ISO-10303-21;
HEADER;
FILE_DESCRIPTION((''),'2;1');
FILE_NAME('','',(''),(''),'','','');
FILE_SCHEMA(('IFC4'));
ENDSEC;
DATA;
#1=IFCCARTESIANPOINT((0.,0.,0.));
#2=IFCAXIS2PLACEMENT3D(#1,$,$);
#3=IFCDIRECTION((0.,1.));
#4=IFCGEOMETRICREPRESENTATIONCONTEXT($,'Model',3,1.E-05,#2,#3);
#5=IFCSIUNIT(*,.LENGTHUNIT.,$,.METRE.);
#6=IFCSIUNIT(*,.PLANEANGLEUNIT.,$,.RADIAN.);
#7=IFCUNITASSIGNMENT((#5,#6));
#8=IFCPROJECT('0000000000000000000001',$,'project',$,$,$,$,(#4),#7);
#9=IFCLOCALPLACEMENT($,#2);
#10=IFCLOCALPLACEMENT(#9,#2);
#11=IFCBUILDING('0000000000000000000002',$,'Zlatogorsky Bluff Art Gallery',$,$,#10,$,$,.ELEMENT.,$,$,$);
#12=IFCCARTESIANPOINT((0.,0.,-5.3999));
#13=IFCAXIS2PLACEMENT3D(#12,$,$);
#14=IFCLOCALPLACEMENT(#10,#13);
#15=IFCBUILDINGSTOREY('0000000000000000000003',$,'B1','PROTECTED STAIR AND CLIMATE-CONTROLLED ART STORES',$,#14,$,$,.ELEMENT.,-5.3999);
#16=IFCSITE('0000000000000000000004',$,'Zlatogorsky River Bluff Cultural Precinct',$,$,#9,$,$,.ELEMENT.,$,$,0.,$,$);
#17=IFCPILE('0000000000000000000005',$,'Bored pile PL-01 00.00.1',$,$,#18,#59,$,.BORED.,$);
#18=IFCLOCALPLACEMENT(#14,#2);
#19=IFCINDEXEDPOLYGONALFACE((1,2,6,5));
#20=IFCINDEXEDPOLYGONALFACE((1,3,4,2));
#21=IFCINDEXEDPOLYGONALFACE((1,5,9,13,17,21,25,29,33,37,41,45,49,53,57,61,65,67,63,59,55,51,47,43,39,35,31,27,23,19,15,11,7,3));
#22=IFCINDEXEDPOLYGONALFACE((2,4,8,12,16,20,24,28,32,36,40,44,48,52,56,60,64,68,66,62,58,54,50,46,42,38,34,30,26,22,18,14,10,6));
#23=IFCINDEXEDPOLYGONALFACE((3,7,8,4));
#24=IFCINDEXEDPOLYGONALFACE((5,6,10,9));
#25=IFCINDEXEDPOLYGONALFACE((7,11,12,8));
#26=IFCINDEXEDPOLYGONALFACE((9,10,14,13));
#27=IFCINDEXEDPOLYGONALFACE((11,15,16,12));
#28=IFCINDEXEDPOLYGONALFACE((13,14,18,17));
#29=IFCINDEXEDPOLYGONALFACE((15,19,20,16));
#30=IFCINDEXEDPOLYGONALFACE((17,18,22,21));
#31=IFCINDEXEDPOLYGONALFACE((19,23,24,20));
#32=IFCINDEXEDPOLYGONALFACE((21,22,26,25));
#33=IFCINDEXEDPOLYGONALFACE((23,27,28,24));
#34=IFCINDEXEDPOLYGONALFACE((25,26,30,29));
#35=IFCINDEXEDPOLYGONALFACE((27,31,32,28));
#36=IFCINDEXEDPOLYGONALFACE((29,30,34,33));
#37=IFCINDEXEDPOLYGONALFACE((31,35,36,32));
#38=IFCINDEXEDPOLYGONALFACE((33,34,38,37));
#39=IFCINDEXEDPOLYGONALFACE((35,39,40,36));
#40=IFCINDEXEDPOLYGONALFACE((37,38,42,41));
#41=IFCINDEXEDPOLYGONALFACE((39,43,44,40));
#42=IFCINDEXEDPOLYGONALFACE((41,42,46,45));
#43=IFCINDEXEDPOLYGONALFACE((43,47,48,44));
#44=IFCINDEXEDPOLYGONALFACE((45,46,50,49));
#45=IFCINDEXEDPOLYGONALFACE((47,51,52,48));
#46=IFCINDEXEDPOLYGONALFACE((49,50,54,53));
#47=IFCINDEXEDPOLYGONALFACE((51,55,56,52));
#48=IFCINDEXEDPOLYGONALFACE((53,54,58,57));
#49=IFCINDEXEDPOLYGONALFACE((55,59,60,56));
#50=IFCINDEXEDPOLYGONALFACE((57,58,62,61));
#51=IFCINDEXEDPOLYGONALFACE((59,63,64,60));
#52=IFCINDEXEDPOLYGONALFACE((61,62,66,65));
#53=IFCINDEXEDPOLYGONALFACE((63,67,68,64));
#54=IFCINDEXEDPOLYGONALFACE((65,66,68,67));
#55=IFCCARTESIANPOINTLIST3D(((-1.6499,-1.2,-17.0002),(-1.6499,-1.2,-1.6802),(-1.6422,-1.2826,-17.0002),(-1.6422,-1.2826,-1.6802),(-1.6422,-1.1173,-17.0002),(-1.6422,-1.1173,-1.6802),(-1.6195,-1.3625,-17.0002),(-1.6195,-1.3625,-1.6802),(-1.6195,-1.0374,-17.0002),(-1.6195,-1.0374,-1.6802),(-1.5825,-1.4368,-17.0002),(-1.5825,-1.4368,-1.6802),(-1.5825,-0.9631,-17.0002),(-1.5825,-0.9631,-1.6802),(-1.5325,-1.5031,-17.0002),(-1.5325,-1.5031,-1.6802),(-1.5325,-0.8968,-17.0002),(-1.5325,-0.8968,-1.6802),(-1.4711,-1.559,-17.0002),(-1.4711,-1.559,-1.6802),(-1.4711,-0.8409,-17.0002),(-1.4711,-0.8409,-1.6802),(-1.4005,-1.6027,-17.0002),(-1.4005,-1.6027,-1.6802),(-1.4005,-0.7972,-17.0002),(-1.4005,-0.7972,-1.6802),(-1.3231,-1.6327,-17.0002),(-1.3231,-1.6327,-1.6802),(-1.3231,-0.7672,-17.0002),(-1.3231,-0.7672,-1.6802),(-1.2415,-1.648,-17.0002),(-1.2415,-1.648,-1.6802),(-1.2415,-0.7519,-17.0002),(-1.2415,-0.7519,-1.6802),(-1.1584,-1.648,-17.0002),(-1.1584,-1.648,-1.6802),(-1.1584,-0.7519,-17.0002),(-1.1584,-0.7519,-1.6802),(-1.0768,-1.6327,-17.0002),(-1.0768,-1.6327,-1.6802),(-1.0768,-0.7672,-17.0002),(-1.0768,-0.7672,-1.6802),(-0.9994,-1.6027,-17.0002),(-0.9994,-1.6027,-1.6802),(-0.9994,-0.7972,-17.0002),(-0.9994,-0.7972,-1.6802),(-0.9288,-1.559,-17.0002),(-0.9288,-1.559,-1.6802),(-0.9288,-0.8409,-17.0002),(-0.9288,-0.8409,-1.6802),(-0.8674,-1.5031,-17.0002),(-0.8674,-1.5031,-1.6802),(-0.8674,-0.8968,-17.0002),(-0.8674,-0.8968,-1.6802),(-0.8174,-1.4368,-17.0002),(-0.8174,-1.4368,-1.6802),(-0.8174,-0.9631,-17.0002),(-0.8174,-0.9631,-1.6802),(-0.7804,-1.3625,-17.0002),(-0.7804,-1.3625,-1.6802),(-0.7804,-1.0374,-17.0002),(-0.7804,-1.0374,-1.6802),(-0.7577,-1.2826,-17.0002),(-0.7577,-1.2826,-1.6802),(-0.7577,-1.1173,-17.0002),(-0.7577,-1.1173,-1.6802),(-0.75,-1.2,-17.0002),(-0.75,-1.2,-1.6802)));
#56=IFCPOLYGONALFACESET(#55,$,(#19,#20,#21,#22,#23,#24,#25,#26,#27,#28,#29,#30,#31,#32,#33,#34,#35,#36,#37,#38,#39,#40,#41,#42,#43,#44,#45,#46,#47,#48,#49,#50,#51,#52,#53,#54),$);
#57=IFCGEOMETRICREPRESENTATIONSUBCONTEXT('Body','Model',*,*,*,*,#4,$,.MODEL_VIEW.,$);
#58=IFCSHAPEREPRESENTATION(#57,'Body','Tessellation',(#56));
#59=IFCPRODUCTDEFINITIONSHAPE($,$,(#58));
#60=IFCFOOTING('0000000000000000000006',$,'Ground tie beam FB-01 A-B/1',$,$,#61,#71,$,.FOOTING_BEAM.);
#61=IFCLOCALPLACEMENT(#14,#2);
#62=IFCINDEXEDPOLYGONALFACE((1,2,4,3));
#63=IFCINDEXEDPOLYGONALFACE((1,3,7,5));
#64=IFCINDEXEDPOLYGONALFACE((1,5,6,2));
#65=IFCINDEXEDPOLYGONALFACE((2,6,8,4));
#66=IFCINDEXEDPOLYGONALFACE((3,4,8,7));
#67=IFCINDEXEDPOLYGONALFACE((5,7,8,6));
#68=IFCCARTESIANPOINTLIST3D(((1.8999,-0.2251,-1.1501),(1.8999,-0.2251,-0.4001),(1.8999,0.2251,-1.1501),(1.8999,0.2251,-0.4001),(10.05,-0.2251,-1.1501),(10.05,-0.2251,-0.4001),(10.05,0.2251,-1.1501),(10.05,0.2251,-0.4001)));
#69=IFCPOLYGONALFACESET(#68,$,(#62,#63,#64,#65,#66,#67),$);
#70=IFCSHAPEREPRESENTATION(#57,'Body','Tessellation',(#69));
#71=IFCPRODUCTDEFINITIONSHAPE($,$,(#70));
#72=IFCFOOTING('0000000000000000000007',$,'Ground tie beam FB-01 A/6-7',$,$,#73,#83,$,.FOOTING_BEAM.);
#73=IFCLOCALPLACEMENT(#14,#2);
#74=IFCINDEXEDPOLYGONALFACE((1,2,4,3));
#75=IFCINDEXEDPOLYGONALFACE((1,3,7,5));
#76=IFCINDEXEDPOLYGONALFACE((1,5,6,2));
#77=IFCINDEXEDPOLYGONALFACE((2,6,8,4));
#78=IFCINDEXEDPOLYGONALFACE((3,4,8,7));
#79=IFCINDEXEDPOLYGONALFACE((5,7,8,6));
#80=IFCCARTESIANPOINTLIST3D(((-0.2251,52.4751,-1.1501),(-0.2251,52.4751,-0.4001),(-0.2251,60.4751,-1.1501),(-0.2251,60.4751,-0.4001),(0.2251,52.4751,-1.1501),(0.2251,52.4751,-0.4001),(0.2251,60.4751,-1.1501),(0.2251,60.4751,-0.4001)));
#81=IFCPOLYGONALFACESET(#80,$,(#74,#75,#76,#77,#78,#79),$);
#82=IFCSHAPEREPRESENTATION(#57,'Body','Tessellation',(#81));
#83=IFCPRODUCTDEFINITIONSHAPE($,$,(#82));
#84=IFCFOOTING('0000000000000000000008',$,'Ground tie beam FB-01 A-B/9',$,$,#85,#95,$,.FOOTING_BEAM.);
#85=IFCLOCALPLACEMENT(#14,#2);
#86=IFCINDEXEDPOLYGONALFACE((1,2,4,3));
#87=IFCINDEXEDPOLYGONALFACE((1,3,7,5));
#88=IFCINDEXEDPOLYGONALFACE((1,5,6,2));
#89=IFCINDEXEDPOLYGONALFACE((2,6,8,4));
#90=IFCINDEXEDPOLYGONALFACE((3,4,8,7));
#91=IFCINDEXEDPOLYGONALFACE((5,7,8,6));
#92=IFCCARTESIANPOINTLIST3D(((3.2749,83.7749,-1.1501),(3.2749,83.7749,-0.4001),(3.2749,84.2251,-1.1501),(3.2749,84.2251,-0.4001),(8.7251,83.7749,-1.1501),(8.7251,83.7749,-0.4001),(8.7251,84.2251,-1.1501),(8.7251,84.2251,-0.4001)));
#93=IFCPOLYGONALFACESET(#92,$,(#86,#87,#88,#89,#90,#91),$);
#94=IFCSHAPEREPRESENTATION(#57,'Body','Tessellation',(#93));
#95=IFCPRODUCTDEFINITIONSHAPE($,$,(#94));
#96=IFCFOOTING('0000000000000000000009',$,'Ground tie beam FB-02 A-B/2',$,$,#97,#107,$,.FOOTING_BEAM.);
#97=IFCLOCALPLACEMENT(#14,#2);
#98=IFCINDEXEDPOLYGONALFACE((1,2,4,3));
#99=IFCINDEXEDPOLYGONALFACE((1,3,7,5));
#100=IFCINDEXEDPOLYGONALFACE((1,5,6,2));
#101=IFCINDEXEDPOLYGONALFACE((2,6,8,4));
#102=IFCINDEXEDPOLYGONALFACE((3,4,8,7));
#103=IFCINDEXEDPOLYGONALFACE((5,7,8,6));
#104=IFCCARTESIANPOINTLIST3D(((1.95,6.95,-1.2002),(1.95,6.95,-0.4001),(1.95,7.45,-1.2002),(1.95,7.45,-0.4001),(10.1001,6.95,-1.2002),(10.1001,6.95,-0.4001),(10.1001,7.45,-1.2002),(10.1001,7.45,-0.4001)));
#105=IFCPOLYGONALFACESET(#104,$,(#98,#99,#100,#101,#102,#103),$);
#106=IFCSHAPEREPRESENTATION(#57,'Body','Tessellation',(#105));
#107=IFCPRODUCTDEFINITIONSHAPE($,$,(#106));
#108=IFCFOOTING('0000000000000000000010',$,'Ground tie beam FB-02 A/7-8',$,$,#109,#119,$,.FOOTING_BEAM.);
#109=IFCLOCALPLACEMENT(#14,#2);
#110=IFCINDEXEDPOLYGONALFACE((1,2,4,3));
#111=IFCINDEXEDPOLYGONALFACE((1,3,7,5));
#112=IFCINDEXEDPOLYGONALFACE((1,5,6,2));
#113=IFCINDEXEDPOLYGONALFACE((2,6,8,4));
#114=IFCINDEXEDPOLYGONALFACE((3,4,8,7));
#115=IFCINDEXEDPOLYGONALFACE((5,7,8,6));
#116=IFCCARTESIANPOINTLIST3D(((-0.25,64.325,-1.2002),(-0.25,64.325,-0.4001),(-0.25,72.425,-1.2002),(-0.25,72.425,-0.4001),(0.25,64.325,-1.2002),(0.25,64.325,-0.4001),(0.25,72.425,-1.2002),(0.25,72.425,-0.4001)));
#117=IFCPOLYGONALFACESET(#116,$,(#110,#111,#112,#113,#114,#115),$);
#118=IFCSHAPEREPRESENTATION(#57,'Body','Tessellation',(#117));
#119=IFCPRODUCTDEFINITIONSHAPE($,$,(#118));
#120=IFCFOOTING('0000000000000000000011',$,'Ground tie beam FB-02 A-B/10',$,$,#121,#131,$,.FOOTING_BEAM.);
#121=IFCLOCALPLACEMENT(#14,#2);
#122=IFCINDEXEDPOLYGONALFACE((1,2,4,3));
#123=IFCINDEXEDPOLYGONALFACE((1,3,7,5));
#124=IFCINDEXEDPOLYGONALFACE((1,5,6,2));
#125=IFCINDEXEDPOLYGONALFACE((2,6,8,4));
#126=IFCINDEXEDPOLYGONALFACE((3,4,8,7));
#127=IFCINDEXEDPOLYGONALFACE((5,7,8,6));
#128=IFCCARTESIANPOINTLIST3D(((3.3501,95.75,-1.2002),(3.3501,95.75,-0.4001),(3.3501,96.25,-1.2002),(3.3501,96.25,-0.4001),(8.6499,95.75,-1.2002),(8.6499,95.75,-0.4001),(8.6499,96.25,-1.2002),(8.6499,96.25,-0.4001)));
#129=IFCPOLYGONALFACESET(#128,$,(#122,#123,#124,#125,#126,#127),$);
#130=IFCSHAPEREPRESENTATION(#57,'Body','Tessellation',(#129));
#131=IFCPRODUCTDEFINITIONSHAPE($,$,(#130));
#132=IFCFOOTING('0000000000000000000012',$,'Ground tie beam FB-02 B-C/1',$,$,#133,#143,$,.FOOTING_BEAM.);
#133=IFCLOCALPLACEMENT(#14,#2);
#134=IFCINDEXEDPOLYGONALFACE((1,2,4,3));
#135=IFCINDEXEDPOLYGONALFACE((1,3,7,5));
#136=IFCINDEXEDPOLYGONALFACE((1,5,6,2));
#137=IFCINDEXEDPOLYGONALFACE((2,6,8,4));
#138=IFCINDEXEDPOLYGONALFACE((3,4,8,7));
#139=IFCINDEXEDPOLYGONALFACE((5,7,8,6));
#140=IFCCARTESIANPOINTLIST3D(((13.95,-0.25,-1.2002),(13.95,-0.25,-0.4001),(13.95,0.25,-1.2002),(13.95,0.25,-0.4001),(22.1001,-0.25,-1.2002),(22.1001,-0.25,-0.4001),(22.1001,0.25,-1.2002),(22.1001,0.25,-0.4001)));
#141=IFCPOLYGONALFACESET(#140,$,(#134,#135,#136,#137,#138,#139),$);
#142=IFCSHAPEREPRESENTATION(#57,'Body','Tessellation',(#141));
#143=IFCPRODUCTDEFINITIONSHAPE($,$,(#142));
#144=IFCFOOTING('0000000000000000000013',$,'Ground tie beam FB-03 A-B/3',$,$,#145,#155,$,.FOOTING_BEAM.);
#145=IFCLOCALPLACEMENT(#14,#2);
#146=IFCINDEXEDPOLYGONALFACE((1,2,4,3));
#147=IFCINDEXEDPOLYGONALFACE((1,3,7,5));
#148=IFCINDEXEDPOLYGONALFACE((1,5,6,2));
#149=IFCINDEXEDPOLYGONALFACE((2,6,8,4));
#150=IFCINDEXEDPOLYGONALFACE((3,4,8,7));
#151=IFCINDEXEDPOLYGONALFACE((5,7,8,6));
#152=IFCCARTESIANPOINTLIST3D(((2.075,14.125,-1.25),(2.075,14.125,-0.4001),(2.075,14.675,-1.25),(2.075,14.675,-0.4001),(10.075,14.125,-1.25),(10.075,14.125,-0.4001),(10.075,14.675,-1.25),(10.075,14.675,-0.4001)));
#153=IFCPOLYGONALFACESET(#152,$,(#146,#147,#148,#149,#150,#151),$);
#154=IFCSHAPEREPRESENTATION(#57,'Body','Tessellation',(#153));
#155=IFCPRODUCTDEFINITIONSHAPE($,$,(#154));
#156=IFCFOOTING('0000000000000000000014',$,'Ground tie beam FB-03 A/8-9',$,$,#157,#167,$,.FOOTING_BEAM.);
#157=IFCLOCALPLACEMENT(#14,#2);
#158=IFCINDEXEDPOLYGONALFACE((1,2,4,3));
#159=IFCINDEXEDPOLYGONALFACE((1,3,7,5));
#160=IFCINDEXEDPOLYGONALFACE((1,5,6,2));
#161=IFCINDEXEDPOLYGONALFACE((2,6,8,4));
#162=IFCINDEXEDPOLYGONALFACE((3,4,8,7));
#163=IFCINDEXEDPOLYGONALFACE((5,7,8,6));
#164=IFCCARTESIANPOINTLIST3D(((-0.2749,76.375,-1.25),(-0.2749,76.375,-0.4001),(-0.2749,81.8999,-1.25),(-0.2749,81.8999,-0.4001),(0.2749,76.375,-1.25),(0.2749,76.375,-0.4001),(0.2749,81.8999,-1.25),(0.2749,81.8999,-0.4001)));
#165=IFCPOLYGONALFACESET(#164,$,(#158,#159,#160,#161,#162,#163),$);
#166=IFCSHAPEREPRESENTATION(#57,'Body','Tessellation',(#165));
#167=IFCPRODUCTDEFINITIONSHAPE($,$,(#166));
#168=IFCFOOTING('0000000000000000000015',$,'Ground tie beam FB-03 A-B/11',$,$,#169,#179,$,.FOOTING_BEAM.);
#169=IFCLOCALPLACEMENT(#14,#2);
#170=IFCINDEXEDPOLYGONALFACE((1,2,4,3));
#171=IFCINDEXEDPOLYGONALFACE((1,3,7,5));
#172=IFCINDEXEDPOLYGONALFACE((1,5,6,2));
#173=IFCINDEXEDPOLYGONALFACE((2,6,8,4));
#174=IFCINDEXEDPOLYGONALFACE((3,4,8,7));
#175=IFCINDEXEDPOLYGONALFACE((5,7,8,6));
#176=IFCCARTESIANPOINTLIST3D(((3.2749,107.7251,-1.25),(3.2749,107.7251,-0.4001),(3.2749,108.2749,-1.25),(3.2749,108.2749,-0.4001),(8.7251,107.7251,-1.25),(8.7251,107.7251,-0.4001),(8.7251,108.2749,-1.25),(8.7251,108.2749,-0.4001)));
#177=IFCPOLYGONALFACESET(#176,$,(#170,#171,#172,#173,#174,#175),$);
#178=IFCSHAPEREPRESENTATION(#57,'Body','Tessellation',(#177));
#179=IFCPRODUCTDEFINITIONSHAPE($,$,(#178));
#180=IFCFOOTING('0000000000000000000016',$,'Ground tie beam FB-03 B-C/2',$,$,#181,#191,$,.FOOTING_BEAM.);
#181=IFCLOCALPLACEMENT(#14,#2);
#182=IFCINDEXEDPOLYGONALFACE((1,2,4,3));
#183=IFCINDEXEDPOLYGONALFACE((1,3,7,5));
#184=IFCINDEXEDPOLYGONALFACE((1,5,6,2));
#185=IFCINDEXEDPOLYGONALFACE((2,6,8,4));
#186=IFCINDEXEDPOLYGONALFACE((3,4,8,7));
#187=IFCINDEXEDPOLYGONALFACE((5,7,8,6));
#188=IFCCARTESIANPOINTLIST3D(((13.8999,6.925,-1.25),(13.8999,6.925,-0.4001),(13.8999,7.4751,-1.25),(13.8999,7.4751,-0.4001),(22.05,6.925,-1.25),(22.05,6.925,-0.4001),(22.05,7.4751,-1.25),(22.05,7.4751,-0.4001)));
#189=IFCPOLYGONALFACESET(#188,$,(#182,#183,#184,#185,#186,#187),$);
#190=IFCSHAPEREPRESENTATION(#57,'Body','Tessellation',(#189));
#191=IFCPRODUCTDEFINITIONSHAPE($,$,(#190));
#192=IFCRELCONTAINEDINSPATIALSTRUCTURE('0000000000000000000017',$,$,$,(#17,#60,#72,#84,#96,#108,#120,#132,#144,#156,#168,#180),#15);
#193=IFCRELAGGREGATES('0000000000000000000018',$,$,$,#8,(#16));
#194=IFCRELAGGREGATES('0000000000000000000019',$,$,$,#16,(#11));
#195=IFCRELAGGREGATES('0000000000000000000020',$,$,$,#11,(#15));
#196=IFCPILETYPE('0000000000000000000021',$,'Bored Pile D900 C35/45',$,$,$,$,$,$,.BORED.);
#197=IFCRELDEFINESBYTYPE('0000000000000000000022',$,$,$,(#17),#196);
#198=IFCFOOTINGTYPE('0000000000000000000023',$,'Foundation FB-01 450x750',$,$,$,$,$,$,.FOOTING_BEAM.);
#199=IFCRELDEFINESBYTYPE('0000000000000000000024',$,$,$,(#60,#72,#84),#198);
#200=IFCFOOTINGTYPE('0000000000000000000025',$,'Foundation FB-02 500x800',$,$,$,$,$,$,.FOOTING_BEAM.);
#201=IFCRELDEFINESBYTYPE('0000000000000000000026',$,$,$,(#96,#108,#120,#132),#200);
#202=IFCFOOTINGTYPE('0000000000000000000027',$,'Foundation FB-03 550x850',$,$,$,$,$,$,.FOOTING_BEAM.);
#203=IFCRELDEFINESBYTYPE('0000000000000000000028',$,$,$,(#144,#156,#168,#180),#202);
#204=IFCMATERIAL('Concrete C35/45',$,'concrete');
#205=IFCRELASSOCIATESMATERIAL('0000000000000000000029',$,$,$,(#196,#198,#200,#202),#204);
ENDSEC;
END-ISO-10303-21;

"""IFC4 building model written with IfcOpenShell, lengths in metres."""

from ifc_helpers import new_model, si_unit, direction, frame, origin, origin_2d, place, context, subcontext, project, spatial, polyline, circle, outline, extrude, material, material_profile, profile_set, type_object, element, save


model = new_model("IFC4")

# Units and contexts
model_context = context("Model", 3, precision=1e-05, world=origin(), true_north=direction((0.0, 1.0)))
body_context = subcontext(model_context, "Body", "Model", "MODEL_VIEW")
ifc_project = project(units=[si_unit("LENGTHUNIT", "METRE"), si_unit("PLANEANGLEUNIT", "RADIAN")], contexts=[model_context])

# Site, building, storey
site_placement = place(None, origin())
site = spatial("IfcSite", under=ifc_project, at=site_placement, Name="Zlatogorsky River Bluff Cultural Precinct", CompositionType="ELEMENT", RefElevation=0.0)
building_placement = place(site_placement, origin())
building = spatial("IfcBuilding", under=site, at=building_placement, Name="Zlatogorsky Bluff Art Gallery", CompositionType="ELEMENT")
storey_placement = place(building_placement, frame((0.0, 0.0, -5.3999)))
storey = spatial("IfcBuildingStorey", under=building, at=storey_placement, Name="B1", Description="PROTECTED STAIR AND CLIMATE-CONTROLLED ART STORES", CompositionType="ELEMENT", Elevation=-5.3999)

# Pile
ifc_material = material(Name="Concrete C35/45", Category="concrete")
ifc_material_profile = material_profile(ifc_material, circle(Radius=0.45, at=origin_2d()), Name="BORED PILE D900")
ifc_profile_set = profile_set([ifc_material_profile], Name="Concrete C35/45")
pile_type = type_object("IfcPileType", Name="Bored Pile D900 C35/45", PredefinedType="BORED", material=ifc_profile_set)
pile_placement = place(storey_placement, frame((-1.2, -1.2, -1.6802), z_axis=(0.0, 0.0, -1.0), x_axis=(1.0, 0.0, 0.0)))
element("IfcPile", 1, at=pile_placement, inside=storey, type_object=pile_type, Name="Bored pile PL-01 00.00.1", PredefinedType="BORED", context=body_context, shape_type="SweptSolid", body=[
    extrude(circle(Radius=0.45, at=origin_2d()), origin(), (0.0, 0.0, 1.0), 15.3201),
])

# Footings
footing_type_1 = type_object("IfcFootingType", Name="Foundation FB-01 450x750", PredefinedType="FOOTING_BEAM", material=ifc_material)
footing_1_placement = place(storey_placement, frame((0.0, 0.0, -1.1501)))
element("IfcFooting", 2, at=footing_1_placement, inside=storey, type_object=footing_type_1, Name="Ground tie beam FB-01 A-B/1", PredefinedType="FOOTING_BEAM", context=body_context, shape_type="SweptSolid", body=[
    extrude(outline(polyline([(1.8999, -0.2251), (10.05, -0.2251), (10.05, 0.2251), (1.8999, 0.2251), (1.8999, -0.2251)])), origin(), (0.0, 0.0, 1.0), 0.75),
])
footing_2_placement = place(storey_placement, frame((0.0, 0.0, -1.1501)))
element("IfcFooting", 3, at=footing_2_placement, inside=storey, type_object=footing_type_1, Name="Ground tie beam FB-01 A/6-7", PredefinedType="FOOTING_BEAM", context=body_context, shape_type="SweptSolid", body=[
    extrude(outline(polyline([(-0.2251, 52.4751), (0.2251, 52.4751), (0.2251, 60.4751), (-0.2251, 60.4751), (-0.2251, 52.4751)])), origin(), (0.0, 0.0, 1.0), 0.75),
])
footing_3_placement = place(storey_placement, frame((0.0, 0.0, -1.1501)))
element("IfcFooting", 4, at=footing_3_placement, inside=storey, type_object=footing_type_1, Name="Ground tie beam FB-01 A-B/9", PredefinedType="FOOTING_BEAM", context=body_context, shape_type="SweptSolid", body=[
    extrude(outline(polyline([(3.2749, 83.7749), (8.7251, 83.7749), (8.7251, 84.2251), (3.2749, 84.2251), (3.2749, 83.7749)])), origin(), (0.0, 0.0, 1.0), 0.75),
])
footing_type_2 = type_object("IfcFootingType", Name="Foundation FB-02 500x800", PredefinedType="FOOTING_BEAM", material=ifc_material)
footing_4_placement = place(storey_placement, frame((0.0, 0.0, -1.2002)))
element("IfcFooting", 5, at=footing_4_placement, inside=storey, type_object=footing_type_2, Name="Ground tie beam FB-02 A-B/2", PredefinedType="FOOTING_BEAM", context=body_context, shape_type="SweptSolid", body=[
    extrude(outline(polyline([(1.95, 6.95), (10.1001, 6.95), (10.1001, 7.45), (1.95, 7.45), (1.95, 6.95)])), origin(), (0.0, 0.0, 1.0), 0.8),
])
footing_5_placement = place(storey_placement, frame((0.0, 0.0, -1.2002)))
element("IfcFooting", 6, at=footing_5_placement, inside=storey, type_object=footing_type_2, Name="Ground tie beam FB-02 A/7-8", PredefinedType="FOOTING_BEAM", context=body_context, shape_type="SweptSolid", body=[
    extrude(outline(polyline([(-0.25, 64.325), (0.25, 64.325), (0.25, 72.425), (-0.25, 72.425), (-0.25, 64.325)])), origin(), (0.0, 0.0, 1.0), 0.8),
])
footing_6_placement = place(storey_placement, frame((0.0, 0.0, -1.2002)))
element("IfcFooting", 7, at=footing_6_placement, inside=storey, type_object=footing_type_2, Name="Ground tie beam FB-02 A-B/10", PredefinedType="FOOTING_BEAM", context=body_context, shape_type="SweptSolid", body=[
    extrude(outline(polyline([(3.3501, 95.75), (8.6499, 95.75), (8.6499, 96.25), (3.3501, 96.25), (3.3501, 95.75)])), origin(), (0.0, 0.0, 1.0), 0.8),
])
footing_7_placement = place(storey_placement, frame((0.0, 0.0, -1.2002)))
element("IfcFooting", 8, at=footing_7_placement, inside=storey, type_object=footing_type_2, Name="Ground tie beam FB-02 B-C/1", PredefinedType="FOOTING_BEAM", context=body_context, shape_type="SweptSolid", body=[
    extrude(outline(polyline([(13.95, -0.25), (22.1001, -0.25), (22.1001, 0.25), (13.95, 0.25), (13.95, -0.25)])), origin(), (0.0, 0.0, 1.0), 0.8),
])
footing_type_3 = type_object("IfcFootingType", Name="Foundation FB-03 550x850", PredefinedType="FOOTING_BEAM", material=ifc_material)
footing_8_placement = place(storey_placement, frame((0.0, 0.0, -1.25)))
element("IfcFooting", 9, at=footing_8_placement, inside=storey, type_object=footing_type_3, Name="Ground tie beam FB-03 A-B/3", PredefinedType="FOOTING_BEAM", context=body_context, shape_type="SweptSolid", body=[
    extrude(outline(polyline([(2.075, 14.125), (10.075, 14.125), (10.075, 14.675), (2.075, 14.675), (2.075, 14.125)])), origin(), (0.0, 0.0, 1.0), 0.8499),
])
footing_9_placement = place(storey_placement, frame((0.0, 0.0, -1.25)))
element("IfcFooting", 10, at=footing_9_placement, inside=storey, type_object=footing_type_3, Name="Ground tie beam FB-03 A/8-9", PredefinedType="FOOTING_BEAM", context=body_context, shape_type="SweptSolid", body=[
    extrude(outline(polyline([(-0.2749, 76.375), (0.2749, 76.375), (0.2749, 81.8999), (-0.2749, 81.8999), (-0.2749, 76.375)])), origin(), (0.0, 0.0, 1.0), 0.8499),
])
footing_10_placement = place(storey_placement, frame((0.0, 0.0, -1.25)))
element("IfcFooting", 11, at=footing_10_placement, inside=storey, type_object=footing_type_3, Name="Ground tie beam FB-03 A-B/11", PredefinedType="FOOTING_BEAM", context=body_context, shape_type="SweptSolid", body=[
    extrude(outline(polyline([(3.2749, 107.7251), (8.7251, 107.7251), (8.7251, 108.2749), (3.2749, 108.2749), (3.2749, 107.7251)])), origin(), (0.0, 0.0, 1.0), 0.8499),
])
footing_11_placement = place(storey_placement, frame((0.0, 0.0, -1.25)))
element("IfcFooting", 12, at=footing_11_placement, inside=storey, type_object=footing_type_3, Name="Ground tie beam FB-03 B-C/2", PredefinedType="FOOTING_BEAM", context=body_context, shape_type="SweptSolid", body=[
    extrude(outline(polyline([(13.8999, 6.925), (22.05, 6.925), (22.05, 7.4751), (13.8999, 7.4751), (13.8999, 6.925)])), origin(), (0.0, 0.0, 1.0), 0.8499),
])

save(model, "model.ifc")
